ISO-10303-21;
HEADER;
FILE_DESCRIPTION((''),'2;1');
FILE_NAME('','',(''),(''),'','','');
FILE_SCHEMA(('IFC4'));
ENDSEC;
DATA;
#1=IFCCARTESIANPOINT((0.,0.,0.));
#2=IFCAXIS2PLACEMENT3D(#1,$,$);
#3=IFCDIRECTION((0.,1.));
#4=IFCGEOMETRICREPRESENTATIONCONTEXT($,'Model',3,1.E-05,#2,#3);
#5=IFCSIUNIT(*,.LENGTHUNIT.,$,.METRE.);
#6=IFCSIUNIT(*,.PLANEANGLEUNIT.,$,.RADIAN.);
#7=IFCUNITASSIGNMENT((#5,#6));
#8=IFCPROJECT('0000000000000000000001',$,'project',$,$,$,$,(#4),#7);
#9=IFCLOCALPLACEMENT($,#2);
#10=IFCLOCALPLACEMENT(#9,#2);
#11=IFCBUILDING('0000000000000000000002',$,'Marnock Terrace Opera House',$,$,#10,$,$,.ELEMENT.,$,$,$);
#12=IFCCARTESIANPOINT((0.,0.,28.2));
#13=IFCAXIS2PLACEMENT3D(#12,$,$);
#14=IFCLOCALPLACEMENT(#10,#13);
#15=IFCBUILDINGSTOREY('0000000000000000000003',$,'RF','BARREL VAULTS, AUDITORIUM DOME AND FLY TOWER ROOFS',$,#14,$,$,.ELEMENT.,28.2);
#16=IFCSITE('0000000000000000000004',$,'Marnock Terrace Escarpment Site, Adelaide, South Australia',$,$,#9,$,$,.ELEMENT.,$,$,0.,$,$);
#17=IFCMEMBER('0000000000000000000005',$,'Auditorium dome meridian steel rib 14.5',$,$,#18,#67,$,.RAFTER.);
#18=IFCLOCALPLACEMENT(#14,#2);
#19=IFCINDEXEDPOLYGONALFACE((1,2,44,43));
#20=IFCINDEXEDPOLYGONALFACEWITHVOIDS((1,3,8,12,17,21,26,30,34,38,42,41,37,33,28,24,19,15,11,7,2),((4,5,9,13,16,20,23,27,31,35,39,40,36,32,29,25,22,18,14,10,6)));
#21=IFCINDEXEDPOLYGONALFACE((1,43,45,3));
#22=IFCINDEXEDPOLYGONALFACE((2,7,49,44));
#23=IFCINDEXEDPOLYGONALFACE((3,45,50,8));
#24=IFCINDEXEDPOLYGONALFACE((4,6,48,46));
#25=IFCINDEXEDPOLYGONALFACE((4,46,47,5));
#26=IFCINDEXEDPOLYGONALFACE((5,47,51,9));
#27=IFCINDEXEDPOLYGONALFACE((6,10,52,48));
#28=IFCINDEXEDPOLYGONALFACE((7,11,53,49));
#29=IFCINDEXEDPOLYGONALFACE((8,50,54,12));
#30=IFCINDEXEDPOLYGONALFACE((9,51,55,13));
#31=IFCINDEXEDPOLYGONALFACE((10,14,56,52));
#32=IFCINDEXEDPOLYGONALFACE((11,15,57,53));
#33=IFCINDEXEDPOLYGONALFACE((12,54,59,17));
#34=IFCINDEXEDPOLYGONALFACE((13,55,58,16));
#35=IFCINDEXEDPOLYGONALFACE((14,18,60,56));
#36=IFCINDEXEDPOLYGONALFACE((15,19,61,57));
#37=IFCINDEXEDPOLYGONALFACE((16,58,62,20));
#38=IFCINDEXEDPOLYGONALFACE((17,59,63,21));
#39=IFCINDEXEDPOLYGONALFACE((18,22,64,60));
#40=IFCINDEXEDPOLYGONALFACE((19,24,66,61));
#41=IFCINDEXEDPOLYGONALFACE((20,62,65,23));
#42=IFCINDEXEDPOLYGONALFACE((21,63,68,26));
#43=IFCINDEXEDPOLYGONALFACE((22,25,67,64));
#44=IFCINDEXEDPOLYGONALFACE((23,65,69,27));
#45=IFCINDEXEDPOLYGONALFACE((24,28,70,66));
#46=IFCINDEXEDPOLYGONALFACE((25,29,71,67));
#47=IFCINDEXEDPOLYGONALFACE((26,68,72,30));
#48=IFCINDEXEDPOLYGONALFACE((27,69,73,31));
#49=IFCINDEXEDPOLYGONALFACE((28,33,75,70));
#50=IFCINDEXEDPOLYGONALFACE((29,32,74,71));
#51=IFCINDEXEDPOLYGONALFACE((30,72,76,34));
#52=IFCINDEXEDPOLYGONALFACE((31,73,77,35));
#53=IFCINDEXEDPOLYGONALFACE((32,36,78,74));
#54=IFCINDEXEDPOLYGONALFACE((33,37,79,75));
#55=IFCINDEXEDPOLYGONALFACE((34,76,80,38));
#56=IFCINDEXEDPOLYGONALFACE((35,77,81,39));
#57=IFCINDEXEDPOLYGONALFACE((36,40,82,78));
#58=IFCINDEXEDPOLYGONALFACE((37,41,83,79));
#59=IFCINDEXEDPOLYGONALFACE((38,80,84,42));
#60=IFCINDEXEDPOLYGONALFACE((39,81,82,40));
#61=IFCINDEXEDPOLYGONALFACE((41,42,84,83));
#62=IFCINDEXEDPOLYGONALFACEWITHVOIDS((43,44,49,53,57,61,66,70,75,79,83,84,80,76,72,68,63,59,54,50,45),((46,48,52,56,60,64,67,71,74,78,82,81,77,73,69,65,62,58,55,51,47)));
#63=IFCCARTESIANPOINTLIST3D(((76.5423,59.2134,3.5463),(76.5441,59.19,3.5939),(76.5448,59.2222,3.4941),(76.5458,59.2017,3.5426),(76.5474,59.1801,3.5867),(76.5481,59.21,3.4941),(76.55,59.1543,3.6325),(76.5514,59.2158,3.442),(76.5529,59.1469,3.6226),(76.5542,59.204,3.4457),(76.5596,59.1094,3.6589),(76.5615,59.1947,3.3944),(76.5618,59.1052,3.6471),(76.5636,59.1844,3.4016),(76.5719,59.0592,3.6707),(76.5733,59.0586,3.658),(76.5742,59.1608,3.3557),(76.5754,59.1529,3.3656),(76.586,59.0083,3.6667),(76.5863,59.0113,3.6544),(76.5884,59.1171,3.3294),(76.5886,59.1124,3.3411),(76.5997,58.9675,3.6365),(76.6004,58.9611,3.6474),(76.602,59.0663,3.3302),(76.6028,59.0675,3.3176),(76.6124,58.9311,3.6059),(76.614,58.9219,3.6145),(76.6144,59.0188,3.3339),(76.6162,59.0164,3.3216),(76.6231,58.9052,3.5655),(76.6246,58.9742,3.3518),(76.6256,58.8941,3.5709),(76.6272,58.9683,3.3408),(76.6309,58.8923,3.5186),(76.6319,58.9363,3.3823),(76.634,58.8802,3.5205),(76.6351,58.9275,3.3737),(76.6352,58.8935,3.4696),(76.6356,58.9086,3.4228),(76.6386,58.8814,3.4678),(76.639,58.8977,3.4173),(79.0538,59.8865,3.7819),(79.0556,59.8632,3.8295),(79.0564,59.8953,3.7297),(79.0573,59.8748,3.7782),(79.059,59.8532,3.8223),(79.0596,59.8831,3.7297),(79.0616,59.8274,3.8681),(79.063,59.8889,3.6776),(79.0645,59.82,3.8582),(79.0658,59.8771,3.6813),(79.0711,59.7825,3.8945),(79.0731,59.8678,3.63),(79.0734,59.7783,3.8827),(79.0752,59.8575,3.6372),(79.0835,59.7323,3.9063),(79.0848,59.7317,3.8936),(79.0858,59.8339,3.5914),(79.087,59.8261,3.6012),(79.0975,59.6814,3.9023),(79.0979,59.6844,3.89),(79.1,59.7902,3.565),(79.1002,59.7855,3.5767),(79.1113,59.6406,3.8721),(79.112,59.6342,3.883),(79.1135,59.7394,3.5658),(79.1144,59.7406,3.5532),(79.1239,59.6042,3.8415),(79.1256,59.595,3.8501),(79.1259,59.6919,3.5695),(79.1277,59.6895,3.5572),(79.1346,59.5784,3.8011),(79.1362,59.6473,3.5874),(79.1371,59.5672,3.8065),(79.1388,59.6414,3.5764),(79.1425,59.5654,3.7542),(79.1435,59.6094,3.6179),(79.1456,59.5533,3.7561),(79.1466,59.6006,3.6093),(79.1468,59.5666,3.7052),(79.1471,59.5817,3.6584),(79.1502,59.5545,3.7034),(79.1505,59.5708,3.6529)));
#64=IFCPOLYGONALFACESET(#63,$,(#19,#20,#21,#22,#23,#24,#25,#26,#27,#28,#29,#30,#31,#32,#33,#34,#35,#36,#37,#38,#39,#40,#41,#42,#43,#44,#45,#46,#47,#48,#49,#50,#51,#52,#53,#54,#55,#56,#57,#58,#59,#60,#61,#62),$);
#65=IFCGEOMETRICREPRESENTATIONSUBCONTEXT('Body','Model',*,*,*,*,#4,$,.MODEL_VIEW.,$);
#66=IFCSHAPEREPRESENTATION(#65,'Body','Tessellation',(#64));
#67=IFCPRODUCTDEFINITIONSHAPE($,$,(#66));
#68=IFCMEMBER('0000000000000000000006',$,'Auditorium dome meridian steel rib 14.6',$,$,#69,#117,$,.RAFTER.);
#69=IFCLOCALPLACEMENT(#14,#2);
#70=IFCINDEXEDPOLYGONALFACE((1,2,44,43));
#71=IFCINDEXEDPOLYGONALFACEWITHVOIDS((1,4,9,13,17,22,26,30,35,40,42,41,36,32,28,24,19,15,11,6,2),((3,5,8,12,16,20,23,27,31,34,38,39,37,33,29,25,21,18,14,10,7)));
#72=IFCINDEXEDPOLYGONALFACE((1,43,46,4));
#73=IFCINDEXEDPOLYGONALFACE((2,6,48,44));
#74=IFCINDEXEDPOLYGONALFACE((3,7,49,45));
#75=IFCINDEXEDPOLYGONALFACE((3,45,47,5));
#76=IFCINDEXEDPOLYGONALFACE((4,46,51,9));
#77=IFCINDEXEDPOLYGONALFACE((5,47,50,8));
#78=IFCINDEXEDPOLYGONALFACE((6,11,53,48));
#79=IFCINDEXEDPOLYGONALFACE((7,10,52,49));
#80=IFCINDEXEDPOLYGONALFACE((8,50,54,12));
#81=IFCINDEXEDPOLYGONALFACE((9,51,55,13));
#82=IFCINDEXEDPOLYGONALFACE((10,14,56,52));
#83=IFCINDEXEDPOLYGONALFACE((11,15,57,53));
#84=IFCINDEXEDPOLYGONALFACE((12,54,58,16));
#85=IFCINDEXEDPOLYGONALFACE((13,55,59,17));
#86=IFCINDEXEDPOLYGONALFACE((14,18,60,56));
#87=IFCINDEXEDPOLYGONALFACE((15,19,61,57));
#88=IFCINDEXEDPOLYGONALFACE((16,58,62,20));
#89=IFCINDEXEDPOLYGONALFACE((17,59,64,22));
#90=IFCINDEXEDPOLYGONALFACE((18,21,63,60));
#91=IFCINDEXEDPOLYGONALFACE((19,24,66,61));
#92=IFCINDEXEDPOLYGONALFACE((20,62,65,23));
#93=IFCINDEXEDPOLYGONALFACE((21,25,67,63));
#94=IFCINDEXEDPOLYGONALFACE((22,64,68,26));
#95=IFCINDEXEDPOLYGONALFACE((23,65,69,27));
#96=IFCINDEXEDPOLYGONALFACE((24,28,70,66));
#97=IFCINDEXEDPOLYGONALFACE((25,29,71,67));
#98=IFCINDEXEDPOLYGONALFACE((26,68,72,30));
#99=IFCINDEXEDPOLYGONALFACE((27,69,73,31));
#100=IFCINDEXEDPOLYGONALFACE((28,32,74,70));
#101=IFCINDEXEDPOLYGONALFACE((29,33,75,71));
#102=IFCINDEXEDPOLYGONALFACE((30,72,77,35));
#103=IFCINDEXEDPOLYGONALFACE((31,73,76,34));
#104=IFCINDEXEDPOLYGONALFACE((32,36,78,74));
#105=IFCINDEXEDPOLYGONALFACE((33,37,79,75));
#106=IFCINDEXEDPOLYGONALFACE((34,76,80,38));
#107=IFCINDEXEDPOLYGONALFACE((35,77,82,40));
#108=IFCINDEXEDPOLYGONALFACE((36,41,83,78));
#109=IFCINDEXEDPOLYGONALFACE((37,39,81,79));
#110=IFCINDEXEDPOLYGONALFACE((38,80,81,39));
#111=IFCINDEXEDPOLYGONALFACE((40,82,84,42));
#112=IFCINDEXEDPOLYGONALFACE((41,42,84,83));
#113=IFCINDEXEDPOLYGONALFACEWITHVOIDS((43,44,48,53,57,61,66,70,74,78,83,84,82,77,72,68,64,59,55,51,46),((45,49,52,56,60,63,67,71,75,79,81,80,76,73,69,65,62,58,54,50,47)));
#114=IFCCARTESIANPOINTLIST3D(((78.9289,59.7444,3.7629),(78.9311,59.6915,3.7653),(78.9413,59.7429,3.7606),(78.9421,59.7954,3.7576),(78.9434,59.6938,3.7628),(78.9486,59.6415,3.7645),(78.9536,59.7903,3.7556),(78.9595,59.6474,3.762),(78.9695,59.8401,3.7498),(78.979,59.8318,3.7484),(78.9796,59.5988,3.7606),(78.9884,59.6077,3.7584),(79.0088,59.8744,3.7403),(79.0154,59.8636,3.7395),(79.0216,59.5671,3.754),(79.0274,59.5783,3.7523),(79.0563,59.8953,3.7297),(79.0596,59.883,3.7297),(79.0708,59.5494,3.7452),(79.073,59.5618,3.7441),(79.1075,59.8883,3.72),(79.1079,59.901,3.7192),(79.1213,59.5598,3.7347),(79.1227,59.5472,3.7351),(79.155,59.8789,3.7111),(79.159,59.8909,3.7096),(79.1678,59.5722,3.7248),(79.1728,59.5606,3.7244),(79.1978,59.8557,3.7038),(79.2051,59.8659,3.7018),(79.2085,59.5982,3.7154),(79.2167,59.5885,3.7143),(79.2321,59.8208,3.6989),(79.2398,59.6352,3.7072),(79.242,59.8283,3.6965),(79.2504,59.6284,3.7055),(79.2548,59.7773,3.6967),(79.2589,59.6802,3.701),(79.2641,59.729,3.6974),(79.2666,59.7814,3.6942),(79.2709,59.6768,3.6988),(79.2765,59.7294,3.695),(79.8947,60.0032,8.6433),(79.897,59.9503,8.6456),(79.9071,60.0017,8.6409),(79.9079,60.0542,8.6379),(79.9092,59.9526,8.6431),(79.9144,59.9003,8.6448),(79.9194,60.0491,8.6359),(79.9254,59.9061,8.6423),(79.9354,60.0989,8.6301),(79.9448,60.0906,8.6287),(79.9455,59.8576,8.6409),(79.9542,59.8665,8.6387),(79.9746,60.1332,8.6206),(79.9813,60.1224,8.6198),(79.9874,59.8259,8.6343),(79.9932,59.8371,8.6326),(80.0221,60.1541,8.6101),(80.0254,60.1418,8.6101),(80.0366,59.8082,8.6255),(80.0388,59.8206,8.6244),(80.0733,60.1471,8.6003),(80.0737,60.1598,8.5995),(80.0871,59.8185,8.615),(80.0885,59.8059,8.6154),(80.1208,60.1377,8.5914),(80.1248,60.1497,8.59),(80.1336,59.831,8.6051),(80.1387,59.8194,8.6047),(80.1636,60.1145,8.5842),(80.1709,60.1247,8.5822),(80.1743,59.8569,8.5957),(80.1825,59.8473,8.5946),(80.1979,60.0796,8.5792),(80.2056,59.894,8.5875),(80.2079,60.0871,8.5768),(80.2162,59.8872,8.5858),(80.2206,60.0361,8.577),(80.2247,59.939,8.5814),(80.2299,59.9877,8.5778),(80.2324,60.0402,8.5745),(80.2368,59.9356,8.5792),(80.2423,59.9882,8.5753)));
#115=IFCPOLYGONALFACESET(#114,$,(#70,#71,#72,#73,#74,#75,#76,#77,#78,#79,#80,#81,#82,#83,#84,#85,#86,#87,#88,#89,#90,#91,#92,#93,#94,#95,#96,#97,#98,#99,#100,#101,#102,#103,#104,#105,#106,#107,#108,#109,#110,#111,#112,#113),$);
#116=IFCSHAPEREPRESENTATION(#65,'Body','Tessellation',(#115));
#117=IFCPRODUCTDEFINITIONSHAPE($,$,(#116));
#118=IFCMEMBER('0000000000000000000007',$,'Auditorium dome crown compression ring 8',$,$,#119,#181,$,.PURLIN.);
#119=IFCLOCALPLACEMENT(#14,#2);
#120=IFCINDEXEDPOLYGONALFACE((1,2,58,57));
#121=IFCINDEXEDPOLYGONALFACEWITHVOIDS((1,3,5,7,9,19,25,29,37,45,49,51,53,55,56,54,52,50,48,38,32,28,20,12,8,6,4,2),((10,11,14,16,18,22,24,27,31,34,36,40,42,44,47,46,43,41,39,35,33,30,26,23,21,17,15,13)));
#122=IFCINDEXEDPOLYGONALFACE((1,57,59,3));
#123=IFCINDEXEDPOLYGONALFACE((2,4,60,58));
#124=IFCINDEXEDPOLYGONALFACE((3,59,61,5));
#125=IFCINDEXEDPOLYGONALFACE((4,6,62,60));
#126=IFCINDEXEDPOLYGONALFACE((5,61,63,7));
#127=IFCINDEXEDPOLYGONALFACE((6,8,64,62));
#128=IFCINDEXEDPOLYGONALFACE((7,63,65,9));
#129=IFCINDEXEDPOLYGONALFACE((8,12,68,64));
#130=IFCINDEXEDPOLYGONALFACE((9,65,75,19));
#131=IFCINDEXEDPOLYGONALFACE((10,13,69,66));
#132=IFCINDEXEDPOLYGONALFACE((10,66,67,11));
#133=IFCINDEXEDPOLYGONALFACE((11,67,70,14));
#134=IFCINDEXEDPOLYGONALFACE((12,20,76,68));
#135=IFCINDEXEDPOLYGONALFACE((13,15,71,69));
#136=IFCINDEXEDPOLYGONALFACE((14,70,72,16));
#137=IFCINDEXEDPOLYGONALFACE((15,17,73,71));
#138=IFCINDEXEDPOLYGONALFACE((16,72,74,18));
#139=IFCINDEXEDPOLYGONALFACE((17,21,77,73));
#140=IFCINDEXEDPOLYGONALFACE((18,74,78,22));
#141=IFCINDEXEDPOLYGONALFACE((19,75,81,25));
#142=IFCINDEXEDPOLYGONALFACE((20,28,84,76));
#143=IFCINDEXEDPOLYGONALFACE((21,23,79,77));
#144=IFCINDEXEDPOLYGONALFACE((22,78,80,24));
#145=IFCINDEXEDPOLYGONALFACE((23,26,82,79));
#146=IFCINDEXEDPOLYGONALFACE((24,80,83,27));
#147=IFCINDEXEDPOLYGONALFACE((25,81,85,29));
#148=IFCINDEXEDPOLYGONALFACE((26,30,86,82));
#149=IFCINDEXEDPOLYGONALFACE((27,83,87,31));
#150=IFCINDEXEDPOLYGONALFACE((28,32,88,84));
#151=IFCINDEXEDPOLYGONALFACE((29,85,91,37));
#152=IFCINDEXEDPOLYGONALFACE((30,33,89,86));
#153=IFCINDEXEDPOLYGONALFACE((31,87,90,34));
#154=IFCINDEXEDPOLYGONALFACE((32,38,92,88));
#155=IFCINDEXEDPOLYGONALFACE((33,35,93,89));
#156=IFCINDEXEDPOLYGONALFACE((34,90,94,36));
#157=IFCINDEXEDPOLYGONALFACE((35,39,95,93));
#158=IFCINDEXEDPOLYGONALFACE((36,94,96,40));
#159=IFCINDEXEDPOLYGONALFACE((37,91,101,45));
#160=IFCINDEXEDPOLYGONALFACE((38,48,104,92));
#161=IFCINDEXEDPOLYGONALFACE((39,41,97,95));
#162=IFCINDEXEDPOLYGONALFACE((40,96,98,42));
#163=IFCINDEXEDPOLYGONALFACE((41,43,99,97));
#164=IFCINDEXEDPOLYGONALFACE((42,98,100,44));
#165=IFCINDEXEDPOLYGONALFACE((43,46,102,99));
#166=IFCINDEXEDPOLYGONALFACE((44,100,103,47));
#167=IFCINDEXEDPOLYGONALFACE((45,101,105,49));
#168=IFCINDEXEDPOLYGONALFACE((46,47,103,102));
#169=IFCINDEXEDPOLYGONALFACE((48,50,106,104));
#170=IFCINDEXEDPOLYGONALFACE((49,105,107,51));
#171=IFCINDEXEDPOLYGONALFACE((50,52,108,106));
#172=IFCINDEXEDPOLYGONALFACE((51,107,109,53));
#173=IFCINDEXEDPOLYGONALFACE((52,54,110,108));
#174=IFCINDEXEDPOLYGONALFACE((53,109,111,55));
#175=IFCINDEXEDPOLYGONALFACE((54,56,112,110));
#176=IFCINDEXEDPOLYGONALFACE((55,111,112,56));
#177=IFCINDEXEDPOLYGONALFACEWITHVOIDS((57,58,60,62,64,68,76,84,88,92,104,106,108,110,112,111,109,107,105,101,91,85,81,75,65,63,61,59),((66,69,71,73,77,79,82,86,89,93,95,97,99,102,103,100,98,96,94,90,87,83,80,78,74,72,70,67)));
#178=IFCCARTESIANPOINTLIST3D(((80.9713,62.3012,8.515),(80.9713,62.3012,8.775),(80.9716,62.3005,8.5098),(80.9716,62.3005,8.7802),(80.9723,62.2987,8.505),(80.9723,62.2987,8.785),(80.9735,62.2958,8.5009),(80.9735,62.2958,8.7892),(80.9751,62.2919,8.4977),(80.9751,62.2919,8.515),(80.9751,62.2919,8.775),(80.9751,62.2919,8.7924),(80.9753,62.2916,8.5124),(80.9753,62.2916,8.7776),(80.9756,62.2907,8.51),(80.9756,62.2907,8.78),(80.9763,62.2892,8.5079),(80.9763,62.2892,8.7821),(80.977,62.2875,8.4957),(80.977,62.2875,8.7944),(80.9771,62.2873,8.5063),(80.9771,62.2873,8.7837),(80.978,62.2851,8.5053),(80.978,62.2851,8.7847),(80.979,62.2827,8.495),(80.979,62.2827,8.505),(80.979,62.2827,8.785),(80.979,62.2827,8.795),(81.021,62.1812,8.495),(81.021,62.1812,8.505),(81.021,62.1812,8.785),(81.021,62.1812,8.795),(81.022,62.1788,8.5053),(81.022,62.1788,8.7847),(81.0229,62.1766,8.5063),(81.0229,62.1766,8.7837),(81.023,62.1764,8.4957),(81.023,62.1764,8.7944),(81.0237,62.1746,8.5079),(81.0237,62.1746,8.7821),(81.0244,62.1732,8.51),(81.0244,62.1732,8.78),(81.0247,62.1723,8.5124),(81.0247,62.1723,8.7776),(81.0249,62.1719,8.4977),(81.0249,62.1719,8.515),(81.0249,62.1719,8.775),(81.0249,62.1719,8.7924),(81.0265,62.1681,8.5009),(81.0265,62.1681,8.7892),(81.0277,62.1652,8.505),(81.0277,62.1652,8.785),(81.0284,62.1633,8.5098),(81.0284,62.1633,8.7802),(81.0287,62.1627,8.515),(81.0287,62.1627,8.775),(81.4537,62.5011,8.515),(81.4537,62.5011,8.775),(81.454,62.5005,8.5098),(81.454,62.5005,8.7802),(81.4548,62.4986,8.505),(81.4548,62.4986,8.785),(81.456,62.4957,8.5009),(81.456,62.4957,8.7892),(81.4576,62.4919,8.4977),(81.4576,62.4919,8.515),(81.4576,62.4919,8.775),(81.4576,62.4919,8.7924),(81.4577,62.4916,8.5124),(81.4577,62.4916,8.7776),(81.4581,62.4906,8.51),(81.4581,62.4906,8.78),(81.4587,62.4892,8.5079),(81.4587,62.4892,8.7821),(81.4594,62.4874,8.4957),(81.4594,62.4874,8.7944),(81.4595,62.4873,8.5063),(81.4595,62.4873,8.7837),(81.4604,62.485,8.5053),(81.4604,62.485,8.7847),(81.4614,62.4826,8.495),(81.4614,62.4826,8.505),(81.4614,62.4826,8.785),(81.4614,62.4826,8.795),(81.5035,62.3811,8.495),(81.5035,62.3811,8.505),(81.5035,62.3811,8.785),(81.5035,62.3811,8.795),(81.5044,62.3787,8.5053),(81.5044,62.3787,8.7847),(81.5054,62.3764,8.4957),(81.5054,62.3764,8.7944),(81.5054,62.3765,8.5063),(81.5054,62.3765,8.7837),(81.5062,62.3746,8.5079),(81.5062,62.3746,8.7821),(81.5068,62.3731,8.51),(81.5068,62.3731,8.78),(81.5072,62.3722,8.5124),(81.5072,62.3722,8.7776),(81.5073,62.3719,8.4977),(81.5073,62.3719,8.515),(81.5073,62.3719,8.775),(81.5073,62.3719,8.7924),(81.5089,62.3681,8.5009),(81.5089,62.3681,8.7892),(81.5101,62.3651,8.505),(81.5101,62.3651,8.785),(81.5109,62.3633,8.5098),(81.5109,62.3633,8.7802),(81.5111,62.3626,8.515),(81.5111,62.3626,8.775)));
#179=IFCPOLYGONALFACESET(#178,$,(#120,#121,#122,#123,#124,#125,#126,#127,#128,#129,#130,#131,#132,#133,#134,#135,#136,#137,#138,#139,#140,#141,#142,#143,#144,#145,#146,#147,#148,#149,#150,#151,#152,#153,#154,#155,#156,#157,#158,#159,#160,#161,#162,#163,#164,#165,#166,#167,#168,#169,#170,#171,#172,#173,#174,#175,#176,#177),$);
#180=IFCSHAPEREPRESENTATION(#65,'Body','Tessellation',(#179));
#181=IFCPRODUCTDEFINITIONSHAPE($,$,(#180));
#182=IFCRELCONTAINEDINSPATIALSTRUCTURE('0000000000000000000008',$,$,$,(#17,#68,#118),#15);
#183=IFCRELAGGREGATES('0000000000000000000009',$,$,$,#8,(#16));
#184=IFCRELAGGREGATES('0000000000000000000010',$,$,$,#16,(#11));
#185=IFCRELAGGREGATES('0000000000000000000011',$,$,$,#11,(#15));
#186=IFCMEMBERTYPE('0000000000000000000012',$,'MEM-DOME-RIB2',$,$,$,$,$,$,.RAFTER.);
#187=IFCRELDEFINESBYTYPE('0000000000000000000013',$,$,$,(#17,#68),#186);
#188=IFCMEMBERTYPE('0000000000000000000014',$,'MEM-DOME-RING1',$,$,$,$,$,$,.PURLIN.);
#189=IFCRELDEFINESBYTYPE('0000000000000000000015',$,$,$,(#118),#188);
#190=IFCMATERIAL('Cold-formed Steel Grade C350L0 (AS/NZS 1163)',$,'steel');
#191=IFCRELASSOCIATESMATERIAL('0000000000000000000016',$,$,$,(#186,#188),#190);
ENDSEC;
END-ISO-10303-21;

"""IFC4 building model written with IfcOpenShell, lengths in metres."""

from ifc_helpers import new_model, si_unit, direction, frame, origin, origin_2d, place, context, subcontext, project, spatial, hollow_rectangle, hollow_circle, extrude, material, material_profile, profile_set, type_object, element, save


model = new_model("IFC4")

# Units and contexts
model_context = context("Model", 3, precision=1e-05, world=origin(), true_north=direction((0.0, 1.0)))
body_context = subcontext(model_context, "Body", "Model", "MODEL_VIEW")
ifc_project = project(units=[si_unit("LENGTHUNIT", "METRE"), si_unit("PLANEANGLEUNIT", "RADIAN")], contexts=[model_context])

# Site, building, storey
site_placement = place(None, origin())
site = spatial("IfcSite", under=ifc_project, at=site_placement, Name="Marnock Terrace Escarpment Site, Adelaide, South Australia", CompositionType="ELEMENT", RefElevation=0.0)
building_placement = place(site_placement, origin())
building = spatial("IfcBuilding", under=site, at=building_placement, Name="Marnock Terrace Opera House", CompositionType="ELEMENT")
storey_placement = place(building_placement, frame((0.0, 0.0, 28.2)))
storey = spatial("IfcBuildingStorey", under=building, at=storey_placement, Name="RF", Description="BARREL VAULTS, AUDITORIUM DOME AND FLY TOWER ROOFS", CompositionType="ELEMENT", Elevation=28.2)

# Members
ifc_material_1 = material(Name="Cold-formed Steel Grade C350L0 (AS/NZS 1163)", Category="steel")
ifc_material_profile_1 = material_profile(ifc_material_1, hollow_circle(Radius=0.1777, WallThickness=0.0127, at=origin_2d()))
ifc_profile_set_1 = profile_set([ifc_material_profile_1], Name="Cold-formed Steel Grade C350L0 (AS/NZS 1163)")
member_type_1 = type_object("IfcMemberType", Name="MEM-DOME-RIB2", PredefinedType="RAFTER", material=ifc_profile_set_1)
member_1_placement = place(storey_placement, frame((76.5908, 59.0505, 3.4941), z_axis=(0.961971, 0.257816, 0.09024), x_axis=(-0.258872, 0.965912, 0.0)))
element("IfcMember", 1, at=member_1_placement, inside=storey, type_object=member_type_1, Name="Auditorium dome meridian steel rib 14.5", PredefinedType="RAFTER", context=body_context, shape_type="SweptSolid", body=[
    extrude(hollow_circle(Radius=0.1777, WallThickness=0.0127, at=origin_2d()), origin(), (0.0, 0.0, 1.0), 2.6108),
])
member_2_placement = place(storey_placement, frame((79.1023, 59.7236, 3.7297), z_axis=(0.193872, 0.051947, 0.979651), x_axis=(-0.258817, 0.965926, 0.0)))
element("IfcMember", 2, at=member_2_placement, inside=storey, type_object=member_type_1, Name="Auditorium dome meridian steel rib 14.6", PredefinedType="RAFTER", context=body_context, shape_type="SweptSolid", body=[
    extrude(hollow_circle(Radius=0.1777, WallThickness=0.0127, at=origin_2d()), origin(), (0.0, 0.0, 1.0), 4.9817),
])
ifc_material_profile_2 = material_profile(ifc_material_1, hollow_rectangle(XDim=0.1499, YDim=0.3, WallThickness=0.01, InnerFilletRadius=0.01, OuterFilletRadius=0.02, at=origin_2d()))
ifc_profile_set_2 = profile_set([ifc_material_profile_2], Name="Cold-formed Steel Grade C350L0 (AS/NZS 1163)")
member_type_2 = type_object("IfcMemberType", Name="MEM-DOME-RING1", PredefinedType="PURLIN", material=ifc_profile_set_2)
member_3_placement = place(storey_placement, frame((81.4824, 62.4319, 8.645), z_axis=(-0.923795, -0.382889, 0.0), x_axis=(0.382889, -0.923795, 0.0)))
element("IfcMember", 3, at=member_3_placement, inside=storey, type_object=member_type_2, Name="Auditorium dome crown compression ring 8", PredefinedType="PURLIN", context=body_context, shape_type="SweptSolid", body=[
    extrude(hollow_rectangle(XDim=0.1499, YDim=0.3, WallThickness=0.01, InnerFilletRadius=0.01, OuterFilletRadius=0.02, at=origin_2d()), origin(), (0.0, 0.0, 1.0), 0.5222),
])

save(model, "model.ifc")
